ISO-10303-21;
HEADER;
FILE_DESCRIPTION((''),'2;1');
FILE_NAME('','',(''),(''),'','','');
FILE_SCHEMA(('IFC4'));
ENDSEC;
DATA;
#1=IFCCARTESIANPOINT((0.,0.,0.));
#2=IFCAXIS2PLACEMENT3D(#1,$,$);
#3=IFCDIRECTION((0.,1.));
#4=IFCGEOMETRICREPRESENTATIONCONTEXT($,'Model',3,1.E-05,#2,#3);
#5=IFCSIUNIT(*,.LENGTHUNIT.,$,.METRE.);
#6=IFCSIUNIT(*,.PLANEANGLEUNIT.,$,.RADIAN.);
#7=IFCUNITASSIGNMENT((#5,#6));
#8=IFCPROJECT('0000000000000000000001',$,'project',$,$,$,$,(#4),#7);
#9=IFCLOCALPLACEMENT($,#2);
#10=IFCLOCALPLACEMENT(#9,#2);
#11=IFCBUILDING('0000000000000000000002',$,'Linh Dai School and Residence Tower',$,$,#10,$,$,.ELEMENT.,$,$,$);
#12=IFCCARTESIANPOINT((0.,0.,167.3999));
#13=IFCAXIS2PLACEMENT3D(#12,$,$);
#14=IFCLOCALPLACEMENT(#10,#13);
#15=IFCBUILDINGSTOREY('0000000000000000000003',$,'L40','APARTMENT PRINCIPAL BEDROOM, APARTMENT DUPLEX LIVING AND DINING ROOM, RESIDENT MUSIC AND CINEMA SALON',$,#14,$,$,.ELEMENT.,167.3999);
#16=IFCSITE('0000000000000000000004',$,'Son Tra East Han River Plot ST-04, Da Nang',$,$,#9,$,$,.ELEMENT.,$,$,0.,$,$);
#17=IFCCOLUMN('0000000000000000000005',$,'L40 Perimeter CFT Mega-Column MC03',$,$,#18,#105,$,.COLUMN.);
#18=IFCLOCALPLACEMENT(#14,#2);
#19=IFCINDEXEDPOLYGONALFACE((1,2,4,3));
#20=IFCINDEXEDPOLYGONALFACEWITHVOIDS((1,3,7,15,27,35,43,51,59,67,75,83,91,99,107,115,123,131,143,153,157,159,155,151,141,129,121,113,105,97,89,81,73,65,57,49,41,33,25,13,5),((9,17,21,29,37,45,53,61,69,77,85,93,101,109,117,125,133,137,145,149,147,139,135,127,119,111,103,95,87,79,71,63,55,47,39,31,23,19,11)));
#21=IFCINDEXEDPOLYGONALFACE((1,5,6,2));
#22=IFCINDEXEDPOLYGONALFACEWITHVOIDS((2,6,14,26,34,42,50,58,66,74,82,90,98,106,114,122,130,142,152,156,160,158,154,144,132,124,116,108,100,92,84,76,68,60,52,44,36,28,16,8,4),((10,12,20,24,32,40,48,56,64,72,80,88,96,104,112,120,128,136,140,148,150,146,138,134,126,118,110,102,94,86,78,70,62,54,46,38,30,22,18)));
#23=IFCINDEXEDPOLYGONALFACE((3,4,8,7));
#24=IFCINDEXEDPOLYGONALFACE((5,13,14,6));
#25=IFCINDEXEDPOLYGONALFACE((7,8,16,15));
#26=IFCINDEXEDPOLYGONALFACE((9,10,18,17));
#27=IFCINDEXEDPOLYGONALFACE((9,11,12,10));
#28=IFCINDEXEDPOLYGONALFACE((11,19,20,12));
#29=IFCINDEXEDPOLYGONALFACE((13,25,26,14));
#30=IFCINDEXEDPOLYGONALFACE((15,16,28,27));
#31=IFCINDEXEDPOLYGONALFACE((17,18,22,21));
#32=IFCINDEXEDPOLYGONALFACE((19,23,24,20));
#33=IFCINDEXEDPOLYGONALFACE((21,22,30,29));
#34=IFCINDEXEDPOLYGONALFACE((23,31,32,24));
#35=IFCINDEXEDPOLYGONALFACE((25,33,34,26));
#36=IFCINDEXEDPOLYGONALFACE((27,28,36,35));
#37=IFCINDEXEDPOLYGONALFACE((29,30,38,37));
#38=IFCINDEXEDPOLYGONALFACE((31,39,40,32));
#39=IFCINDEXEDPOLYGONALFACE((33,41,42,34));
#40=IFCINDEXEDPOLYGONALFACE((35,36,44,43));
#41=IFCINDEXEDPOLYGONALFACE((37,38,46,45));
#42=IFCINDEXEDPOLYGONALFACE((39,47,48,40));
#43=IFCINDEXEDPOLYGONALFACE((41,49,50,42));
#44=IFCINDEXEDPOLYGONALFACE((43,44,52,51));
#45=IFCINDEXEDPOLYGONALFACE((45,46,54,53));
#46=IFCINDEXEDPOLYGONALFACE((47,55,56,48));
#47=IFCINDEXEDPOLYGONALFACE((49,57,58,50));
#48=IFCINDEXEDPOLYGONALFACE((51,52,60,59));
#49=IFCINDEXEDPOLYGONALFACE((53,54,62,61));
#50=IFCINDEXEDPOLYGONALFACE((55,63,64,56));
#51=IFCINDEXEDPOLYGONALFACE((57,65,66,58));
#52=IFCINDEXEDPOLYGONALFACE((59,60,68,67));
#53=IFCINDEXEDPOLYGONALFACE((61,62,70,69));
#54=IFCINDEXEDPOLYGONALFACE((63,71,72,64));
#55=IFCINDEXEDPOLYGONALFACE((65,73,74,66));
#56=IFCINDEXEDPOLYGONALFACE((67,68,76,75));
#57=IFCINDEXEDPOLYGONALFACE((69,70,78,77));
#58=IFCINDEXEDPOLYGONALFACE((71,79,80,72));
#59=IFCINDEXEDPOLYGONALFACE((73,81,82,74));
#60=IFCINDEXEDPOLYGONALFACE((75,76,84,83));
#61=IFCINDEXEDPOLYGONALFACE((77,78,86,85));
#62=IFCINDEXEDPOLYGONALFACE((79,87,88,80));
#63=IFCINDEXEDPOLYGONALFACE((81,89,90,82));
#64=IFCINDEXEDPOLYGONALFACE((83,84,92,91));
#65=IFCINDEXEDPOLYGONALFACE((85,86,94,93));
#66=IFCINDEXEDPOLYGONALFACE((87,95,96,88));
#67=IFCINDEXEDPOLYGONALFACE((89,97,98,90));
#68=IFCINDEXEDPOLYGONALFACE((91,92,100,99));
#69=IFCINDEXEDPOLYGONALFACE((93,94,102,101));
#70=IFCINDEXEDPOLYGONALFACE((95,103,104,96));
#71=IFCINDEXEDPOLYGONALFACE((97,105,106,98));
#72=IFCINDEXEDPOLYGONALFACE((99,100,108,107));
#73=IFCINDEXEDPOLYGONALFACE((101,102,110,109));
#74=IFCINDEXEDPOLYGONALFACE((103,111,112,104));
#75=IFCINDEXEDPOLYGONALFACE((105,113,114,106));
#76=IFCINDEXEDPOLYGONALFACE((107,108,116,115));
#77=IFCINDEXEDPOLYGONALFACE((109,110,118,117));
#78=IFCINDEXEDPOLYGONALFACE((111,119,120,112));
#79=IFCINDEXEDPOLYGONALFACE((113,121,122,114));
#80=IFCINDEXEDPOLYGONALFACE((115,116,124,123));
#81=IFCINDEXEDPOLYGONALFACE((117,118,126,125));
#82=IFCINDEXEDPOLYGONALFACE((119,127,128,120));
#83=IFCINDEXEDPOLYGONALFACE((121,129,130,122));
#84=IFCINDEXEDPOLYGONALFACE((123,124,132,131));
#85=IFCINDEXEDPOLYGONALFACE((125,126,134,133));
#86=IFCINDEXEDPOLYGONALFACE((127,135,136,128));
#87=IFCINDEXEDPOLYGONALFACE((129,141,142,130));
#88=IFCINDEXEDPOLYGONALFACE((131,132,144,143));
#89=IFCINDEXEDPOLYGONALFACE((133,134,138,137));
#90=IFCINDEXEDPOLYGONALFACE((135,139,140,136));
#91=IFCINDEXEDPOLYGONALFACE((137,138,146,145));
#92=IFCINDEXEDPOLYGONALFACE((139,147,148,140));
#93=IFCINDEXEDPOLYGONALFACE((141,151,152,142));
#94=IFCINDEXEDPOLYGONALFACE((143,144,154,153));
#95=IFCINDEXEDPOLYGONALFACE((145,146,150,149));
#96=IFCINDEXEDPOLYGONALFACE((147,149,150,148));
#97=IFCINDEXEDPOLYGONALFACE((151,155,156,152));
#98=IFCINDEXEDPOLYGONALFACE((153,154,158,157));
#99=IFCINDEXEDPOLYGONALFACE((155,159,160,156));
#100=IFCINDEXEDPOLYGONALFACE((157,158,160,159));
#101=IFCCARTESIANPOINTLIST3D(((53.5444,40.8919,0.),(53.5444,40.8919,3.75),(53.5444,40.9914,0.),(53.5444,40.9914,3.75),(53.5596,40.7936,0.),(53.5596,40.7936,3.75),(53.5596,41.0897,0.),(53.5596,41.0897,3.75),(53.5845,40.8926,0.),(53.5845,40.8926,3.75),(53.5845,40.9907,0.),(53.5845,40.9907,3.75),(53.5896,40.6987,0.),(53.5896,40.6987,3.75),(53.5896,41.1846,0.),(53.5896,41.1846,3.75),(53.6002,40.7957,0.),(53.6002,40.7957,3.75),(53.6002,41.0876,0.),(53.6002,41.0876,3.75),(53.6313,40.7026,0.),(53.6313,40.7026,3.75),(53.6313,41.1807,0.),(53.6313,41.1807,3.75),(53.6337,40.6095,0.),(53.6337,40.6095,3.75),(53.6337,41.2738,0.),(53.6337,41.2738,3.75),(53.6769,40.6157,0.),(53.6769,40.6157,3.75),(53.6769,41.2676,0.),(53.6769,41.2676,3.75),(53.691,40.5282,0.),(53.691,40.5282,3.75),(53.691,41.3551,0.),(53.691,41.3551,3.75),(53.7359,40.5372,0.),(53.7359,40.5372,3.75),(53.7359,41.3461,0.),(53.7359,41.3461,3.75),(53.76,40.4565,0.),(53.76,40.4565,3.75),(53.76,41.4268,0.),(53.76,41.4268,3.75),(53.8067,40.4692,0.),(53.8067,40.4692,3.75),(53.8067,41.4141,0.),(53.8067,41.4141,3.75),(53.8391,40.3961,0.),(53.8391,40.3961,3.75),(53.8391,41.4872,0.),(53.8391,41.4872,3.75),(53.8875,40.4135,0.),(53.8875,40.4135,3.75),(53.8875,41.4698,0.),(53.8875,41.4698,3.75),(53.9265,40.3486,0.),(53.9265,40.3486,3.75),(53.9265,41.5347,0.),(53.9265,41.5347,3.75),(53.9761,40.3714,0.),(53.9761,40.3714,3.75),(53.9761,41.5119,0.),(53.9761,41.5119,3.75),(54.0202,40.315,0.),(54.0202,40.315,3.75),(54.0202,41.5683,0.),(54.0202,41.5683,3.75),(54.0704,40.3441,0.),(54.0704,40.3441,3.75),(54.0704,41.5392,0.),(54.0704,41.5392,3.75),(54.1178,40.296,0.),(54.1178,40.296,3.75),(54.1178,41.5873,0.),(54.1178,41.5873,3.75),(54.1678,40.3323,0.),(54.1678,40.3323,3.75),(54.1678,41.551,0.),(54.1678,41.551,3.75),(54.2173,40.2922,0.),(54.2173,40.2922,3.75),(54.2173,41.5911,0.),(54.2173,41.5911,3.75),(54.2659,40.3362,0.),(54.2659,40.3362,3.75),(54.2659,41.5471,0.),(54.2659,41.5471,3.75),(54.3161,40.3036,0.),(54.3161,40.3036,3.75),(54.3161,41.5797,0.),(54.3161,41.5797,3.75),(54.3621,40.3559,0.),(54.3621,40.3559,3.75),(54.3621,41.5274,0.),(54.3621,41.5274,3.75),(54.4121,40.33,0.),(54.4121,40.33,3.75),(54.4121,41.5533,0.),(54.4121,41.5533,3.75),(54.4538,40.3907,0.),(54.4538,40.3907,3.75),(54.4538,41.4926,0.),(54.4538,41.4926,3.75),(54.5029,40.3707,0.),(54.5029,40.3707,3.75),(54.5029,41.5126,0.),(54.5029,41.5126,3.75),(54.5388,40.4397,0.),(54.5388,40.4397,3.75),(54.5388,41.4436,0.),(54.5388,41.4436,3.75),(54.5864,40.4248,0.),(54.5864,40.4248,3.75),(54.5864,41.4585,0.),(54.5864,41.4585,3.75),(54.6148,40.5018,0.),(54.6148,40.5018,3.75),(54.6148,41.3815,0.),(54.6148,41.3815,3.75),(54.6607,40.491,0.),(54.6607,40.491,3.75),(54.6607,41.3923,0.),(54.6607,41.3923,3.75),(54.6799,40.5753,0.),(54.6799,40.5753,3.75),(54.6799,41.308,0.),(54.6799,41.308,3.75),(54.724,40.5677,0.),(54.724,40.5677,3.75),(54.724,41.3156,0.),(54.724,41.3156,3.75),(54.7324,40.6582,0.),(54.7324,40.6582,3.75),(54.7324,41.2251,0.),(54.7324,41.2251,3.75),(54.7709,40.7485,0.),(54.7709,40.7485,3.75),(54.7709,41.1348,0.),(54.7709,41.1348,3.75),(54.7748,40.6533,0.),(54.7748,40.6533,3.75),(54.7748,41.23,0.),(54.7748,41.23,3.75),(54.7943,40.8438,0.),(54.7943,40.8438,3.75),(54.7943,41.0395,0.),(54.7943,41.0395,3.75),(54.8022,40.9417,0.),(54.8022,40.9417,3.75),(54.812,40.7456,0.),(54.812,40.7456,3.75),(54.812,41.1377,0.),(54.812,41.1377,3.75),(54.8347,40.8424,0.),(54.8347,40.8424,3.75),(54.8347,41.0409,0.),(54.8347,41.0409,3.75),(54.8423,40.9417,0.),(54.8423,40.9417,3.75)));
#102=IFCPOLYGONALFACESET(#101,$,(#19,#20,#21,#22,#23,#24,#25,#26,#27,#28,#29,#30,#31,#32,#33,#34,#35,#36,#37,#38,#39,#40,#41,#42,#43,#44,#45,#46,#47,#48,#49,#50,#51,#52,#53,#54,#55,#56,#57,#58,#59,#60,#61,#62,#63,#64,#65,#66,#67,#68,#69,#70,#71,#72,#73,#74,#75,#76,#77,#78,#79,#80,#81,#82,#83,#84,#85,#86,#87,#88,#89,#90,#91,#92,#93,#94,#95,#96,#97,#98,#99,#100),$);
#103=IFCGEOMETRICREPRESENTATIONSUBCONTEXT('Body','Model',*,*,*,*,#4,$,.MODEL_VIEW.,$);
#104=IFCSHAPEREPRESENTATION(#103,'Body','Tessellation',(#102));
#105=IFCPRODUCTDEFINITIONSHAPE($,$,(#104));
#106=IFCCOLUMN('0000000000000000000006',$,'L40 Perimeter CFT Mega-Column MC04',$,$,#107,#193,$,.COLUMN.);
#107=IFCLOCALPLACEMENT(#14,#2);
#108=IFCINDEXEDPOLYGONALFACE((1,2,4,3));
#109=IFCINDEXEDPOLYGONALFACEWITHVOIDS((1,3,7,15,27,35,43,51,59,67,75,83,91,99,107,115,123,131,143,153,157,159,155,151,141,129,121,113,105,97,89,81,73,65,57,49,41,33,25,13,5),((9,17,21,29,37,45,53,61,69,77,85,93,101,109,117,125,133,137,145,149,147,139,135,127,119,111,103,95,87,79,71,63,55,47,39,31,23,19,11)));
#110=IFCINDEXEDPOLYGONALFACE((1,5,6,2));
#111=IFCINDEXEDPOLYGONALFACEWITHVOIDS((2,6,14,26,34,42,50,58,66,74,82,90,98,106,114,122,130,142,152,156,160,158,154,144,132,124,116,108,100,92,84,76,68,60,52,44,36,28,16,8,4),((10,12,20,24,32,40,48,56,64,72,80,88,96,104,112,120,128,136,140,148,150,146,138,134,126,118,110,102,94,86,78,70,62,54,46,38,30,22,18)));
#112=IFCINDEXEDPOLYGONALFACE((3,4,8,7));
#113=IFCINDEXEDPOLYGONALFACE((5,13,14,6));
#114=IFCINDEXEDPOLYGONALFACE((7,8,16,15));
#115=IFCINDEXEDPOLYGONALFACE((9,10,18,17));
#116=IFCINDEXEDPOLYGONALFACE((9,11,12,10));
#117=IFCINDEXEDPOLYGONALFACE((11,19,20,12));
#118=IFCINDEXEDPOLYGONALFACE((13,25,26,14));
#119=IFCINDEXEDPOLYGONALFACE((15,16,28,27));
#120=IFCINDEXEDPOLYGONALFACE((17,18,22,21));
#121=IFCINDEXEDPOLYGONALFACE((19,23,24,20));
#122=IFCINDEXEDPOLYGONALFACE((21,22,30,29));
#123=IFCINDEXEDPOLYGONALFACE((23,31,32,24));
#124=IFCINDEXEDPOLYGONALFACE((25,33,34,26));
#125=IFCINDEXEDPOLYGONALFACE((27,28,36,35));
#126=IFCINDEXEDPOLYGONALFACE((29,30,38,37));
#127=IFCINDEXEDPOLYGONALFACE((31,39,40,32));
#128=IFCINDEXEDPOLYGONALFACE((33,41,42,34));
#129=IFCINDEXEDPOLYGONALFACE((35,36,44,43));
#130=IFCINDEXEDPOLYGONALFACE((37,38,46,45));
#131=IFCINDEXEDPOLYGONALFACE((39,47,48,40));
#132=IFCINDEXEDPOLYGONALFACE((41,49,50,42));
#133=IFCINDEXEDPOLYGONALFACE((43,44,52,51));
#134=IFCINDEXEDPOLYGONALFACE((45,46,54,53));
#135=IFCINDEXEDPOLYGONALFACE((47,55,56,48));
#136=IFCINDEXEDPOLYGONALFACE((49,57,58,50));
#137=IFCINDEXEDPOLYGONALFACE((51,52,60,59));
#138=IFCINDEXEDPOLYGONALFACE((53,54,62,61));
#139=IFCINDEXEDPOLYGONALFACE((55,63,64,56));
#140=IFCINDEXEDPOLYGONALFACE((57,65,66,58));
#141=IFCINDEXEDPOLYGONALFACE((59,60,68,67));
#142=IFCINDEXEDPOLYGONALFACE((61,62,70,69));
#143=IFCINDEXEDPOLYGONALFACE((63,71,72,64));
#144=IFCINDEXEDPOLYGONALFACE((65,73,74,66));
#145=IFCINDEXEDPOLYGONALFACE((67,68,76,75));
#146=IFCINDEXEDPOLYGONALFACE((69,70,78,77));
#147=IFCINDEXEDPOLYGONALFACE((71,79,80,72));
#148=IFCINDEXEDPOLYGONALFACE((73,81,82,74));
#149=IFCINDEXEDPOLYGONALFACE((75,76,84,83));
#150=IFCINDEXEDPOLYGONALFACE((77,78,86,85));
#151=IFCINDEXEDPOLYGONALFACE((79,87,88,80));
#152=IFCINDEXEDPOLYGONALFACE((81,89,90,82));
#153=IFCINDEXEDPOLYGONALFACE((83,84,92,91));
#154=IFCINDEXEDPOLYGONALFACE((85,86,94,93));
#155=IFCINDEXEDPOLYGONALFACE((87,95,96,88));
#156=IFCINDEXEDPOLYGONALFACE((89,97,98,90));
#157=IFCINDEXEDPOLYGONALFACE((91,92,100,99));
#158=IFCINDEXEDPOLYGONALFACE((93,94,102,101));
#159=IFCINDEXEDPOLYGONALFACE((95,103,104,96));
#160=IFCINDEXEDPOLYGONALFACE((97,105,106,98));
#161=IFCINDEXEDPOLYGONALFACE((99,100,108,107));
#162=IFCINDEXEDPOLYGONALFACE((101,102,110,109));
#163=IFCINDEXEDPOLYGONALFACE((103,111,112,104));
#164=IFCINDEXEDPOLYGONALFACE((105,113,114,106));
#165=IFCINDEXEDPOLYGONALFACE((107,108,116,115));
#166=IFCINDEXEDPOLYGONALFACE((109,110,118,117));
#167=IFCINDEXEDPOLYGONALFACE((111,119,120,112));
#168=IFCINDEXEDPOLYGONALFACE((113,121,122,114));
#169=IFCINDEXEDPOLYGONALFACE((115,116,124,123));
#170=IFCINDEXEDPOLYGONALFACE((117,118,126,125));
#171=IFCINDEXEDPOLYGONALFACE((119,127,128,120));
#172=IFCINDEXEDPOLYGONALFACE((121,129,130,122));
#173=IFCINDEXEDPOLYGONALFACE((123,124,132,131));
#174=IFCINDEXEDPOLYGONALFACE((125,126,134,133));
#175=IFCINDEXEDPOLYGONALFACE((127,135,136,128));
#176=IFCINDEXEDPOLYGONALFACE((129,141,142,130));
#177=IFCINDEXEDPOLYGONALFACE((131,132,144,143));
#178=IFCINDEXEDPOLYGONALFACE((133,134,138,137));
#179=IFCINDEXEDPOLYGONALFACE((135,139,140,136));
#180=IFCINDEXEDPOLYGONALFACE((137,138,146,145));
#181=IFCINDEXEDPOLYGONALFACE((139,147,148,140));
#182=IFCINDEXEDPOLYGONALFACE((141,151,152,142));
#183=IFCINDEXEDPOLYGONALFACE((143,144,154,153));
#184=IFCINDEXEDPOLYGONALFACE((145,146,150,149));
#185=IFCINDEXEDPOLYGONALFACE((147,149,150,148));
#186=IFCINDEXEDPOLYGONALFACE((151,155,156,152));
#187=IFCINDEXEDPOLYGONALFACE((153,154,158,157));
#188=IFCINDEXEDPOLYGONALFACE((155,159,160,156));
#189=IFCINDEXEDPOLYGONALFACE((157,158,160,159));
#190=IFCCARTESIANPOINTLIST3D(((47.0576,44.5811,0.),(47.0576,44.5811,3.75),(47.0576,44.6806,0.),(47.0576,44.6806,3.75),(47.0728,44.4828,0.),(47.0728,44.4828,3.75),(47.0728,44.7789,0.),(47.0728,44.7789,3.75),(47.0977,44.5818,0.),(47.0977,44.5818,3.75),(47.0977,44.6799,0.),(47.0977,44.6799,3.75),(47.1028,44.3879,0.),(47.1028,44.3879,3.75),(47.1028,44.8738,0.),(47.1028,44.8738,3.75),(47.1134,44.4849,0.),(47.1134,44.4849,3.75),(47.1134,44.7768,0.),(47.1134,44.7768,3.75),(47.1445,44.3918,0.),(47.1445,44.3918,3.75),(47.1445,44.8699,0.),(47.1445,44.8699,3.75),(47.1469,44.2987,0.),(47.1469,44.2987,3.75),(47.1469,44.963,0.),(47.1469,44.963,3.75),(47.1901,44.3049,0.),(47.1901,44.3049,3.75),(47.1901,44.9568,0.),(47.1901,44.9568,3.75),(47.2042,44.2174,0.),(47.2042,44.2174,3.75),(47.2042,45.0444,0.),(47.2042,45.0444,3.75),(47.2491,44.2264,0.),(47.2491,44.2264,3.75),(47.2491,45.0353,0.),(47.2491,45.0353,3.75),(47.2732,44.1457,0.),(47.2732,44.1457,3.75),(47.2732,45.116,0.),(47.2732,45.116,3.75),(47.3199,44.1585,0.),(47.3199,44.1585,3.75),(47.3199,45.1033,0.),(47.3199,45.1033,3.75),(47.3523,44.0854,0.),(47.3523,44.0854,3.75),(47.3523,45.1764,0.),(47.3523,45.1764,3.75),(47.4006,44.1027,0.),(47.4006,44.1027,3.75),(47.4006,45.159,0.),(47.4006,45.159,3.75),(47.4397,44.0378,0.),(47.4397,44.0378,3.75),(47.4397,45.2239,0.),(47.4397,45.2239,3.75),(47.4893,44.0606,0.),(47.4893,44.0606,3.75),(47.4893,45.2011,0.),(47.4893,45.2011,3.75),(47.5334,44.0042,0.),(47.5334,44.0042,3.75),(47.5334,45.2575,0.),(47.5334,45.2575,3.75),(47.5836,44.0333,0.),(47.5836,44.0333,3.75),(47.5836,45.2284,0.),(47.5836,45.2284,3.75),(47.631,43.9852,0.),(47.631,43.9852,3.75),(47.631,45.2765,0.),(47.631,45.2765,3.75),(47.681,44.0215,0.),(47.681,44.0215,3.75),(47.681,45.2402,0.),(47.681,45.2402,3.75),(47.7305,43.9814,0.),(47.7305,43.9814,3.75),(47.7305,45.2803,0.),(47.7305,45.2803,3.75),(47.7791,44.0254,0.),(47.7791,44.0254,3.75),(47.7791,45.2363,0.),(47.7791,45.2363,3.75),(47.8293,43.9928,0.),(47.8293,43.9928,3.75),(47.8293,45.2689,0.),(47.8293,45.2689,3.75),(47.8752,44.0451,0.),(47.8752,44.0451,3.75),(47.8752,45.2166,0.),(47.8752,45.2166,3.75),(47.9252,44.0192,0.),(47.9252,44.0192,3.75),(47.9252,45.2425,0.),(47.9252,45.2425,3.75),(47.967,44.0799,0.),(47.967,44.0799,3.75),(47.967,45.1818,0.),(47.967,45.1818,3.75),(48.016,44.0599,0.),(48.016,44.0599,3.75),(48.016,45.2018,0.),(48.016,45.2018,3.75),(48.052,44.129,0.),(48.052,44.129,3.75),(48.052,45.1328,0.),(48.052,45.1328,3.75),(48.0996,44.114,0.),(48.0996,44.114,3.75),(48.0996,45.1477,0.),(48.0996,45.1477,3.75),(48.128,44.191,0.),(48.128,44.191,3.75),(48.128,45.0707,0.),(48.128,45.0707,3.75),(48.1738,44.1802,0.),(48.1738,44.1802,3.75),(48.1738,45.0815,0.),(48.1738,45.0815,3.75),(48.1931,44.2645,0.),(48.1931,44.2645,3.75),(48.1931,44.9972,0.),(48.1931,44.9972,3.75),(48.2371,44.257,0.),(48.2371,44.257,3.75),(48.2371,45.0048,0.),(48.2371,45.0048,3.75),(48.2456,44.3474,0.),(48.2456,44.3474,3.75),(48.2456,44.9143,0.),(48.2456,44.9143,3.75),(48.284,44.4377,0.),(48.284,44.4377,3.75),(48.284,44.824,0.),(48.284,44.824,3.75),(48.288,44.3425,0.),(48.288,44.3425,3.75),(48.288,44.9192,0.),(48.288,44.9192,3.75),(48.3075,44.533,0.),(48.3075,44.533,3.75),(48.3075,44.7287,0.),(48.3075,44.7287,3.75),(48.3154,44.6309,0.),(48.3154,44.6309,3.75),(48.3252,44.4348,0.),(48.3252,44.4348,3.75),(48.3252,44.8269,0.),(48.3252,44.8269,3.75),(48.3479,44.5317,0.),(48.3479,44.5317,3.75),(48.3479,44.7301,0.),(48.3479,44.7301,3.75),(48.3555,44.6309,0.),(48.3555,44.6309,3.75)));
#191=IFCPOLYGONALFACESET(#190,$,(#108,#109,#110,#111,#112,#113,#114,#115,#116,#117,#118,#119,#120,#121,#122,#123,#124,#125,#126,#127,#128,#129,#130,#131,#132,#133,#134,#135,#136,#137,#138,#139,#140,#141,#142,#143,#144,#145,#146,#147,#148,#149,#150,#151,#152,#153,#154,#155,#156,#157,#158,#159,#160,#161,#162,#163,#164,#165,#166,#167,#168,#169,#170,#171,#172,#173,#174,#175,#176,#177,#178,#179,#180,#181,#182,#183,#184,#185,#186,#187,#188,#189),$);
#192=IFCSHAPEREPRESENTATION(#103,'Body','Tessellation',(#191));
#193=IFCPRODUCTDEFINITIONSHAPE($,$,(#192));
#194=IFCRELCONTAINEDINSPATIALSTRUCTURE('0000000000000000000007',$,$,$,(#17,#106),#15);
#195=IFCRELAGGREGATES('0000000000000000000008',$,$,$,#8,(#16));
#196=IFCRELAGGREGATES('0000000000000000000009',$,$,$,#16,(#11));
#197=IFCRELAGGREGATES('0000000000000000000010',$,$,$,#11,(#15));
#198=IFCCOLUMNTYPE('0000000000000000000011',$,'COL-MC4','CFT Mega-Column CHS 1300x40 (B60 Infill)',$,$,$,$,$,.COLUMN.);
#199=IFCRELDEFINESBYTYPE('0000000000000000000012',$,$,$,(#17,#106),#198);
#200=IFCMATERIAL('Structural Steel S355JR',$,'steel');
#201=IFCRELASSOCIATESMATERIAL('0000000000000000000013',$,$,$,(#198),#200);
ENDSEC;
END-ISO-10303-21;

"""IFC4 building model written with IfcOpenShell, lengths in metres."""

from ifc_helpers import new_model, si_unit, direction, frame, origin, origin_2d, place, context, subcontext, project, spatial, hollow_circle, extrude, material, material_profile, profile_set, type_object, element, save


model = new_model("IFC4")

# Units and contexts
model_context = context("Model", 3, precision=1e-05, world=origin(), true_north=direction((0.0, 1.0)))
body_context = subcontext(model_context, "Body", "Model", "MODEL_VIEW")
ifc_project = project(units=[si_unit("LENGTHUNIT", "METRE"), si_unit("PLANEANGLEUNIT", "RADIAN")], contexts=[model_context])

# Site, building, storey
site_placement = place(None, origin())
site = spatial("IfcSite", under=ifc_project, at=site_placement, Name="Son Tra East Han River Plot ST-04, Da Nang", CompositionType="ELEMENT", RefElevation=0.0)
building_placement = place(site_placement, origin())
building = spatial("IfcBuilding", under=site, at=building_placement, Name="Linh Dai School and Residence Tower", CompositionType="ELEMENT")
storey_placement = place(building_placement, frame((0.0, 0.0, 167.3999)))
storey = spatial("IfcBuildingStorey", under=building, at=storey_placement, Name="L40", Description="APARTMENT PRINCIPAL BEDROOM, APARTMENT DUPLEX LIVING AND DINING ROOM, RESIDENT MUSIC AND CINEMA SALON", CompositionType="ELEMENT", Elevation=167.3999)

# Columns
ifc_material_1 = material(Name="Structural Steel S355JR", Category="steel")
ifc_material_profile_1 = material_profile(ifc_material_1, hollow_circle(Radius=0.6499, WallThickness=0.04, at=origin_2d()), Name="CHS 1300x40")
ifc_profile_set_1 = profile_set([ifc_material_profile_1], Name="Structural Steel S355JR")
column_type = type_object("IfcColumnType", Name="COL-MC4", Description="CFT Mega-Column CHS 1300x40 (B60 Infill)", PredefinedType="COLUMN", material=ifc_profile_set_1)
for number, where, z_axis, x_axis, name in (
    (1, (54.1924, 40.9417, 0.0), (0.0, 0.0, 1.0), (1.0, 0.0, 0.0), "L40 Perimeter CFT Mega-Column MC03"),
    (2, (47.7056, 44.6309, 0.0), (0.0, 0.0, 1.0), (1.0, 0.0, 0.0), "L40 Perimeter CFT Mega-Column MC04"),
):
    element("IfcColumn", number, at=place(storey_placement, frame(where, z_axis=z_axis, x_axis=x_axis)), inside=storey, type_object=column_type, Name=name, PredefinedType="COLUMN", context=body_context, shape_type="SweptSolid", body=[
        extrude(hollow_circle(Radius=0.6499, WallThickness=0.04, at=origin_2d()), origin(), (0.0, 0.0, 1.0), 3.75),
    ])

save(model, "model.ifc")
